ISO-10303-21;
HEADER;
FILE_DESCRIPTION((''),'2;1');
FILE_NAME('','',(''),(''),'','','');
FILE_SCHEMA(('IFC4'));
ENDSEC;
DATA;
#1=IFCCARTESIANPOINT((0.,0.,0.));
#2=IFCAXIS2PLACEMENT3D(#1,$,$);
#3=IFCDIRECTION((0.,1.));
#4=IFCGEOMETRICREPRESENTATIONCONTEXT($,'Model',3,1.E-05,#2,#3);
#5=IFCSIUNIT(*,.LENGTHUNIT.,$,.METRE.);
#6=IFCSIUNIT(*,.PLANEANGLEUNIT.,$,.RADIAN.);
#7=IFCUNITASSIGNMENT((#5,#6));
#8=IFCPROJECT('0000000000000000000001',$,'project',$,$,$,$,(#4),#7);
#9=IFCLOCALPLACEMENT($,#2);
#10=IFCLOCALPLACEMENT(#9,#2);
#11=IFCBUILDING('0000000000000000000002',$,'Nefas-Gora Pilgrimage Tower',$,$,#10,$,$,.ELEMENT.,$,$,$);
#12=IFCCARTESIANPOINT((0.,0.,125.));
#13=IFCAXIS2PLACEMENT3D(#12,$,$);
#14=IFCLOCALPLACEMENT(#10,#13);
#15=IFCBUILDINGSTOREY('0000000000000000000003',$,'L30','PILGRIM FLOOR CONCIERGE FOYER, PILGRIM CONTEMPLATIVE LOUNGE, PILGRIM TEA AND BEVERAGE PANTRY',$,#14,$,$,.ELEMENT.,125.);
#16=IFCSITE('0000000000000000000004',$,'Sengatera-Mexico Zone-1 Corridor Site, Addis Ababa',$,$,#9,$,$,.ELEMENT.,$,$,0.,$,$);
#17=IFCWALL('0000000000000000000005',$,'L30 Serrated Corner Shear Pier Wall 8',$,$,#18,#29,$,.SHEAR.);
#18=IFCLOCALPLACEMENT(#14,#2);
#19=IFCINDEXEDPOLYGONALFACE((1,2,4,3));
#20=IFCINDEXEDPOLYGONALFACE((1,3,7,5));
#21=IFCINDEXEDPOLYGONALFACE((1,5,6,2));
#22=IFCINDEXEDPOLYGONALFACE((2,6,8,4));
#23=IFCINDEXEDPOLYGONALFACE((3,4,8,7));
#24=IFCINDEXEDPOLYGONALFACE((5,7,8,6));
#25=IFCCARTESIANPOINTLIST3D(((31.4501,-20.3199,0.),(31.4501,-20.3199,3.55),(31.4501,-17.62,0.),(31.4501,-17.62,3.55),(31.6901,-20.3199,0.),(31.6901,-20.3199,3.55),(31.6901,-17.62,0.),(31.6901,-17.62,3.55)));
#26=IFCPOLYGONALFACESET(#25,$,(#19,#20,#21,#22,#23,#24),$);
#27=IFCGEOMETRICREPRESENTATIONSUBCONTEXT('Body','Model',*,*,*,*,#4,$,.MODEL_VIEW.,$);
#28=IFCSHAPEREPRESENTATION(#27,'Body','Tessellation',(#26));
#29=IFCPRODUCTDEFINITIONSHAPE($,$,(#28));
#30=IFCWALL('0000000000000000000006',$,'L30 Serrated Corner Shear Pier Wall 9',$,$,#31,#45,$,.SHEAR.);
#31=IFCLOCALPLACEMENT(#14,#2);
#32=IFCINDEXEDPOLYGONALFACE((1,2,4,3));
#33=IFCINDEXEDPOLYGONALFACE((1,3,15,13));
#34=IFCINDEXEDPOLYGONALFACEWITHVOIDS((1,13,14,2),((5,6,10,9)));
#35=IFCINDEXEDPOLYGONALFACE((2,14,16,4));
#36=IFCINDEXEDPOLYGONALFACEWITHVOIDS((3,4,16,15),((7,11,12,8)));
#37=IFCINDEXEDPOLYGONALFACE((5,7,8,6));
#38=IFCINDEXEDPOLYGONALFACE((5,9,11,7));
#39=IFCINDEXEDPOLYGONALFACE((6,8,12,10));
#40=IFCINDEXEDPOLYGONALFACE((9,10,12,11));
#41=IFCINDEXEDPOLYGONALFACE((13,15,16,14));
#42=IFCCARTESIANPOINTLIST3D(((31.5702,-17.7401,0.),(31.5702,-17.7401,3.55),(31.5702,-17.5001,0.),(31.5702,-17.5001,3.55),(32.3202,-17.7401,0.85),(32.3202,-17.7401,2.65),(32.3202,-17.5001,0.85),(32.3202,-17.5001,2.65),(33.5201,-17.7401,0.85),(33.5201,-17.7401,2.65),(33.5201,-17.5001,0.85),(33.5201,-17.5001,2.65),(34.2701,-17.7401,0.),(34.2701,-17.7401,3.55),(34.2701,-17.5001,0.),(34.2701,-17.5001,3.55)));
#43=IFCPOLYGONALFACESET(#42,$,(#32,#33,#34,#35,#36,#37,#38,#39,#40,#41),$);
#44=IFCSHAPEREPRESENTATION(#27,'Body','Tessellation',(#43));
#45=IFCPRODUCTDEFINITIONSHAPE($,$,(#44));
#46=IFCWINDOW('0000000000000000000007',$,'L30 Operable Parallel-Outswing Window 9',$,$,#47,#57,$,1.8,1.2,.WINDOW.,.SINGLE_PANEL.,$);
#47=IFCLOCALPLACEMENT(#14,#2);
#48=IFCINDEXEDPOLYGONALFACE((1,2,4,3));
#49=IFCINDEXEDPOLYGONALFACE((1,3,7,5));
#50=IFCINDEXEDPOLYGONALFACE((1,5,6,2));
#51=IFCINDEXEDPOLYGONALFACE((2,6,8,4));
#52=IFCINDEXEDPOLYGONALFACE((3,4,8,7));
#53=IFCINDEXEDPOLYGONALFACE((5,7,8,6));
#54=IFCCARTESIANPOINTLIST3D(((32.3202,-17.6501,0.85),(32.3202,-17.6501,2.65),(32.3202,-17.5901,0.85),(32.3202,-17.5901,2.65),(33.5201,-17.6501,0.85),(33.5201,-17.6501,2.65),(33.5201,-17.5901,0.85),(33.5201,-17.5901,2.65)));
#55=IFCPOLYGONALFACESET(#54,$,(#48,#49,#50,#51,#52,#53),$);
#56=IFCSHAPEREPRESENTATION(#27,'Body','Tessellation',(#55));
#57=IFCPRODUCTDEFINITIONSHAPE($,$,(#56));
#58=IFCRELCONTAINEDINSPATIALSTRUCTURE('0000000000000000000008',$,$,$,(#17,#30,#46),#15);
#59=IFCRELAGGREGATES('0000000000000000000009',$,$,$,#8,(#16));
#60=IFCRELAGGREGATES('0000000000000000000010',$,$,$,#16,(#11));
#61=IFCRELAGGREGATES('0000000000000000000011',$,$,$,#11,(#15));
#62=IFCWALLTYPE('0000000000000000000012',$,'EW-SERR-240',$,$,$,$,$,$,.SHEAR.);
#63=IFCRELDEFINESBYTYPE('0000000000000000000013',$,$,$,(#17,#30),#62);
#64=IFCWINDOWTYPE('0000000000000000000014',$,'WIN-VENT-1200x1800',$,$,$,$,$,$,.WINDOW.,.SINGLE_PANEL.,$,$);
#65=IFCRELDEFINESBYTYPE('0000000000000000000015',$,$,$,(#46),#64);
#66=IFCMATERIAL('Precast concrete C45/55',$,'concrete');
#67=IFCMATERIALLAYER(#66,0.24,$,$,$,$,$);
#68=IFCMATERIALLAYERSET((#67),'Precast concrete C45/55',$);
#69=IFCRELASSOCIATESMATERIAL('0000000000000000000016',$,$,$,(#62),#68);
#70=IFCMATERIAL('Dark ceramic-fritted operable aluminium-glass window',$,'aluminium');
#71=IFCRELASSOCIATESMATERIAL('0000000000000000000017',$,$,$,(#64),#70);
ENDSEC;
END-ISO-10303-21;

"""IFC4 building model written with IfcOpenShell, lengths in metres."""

from ifc_helpers import new_model, si_unit, direction, frame, frame_2d, origin, place, context, subcontext, project, spatial, rectangle, extrude, source, transform, mapped, material, layer, layer_set, type_object, element, fill, save


model = new_model("IFC4")

# Units and contexts
model_context = context("Model", 3, precision=1e-05, world=origin(), true_north=direction((0.0, 1.0)))
body_context = subcontext(model_context, "Body", "Model", "MODEL_VIEW")
ifc_project = project(units=[si_unit("LENGTHUNIT", "METRE"), si_unit("PLANEANGLEUNIT", "RADIAN")], contexts=[model_context])

# Site, building, storey
site_placement = place(None, origin())
site = spatial("IfcSite", under=ifc_project, at=site_placement, Name="Sengatera-Mexico Zone-1 Corridor Site, Addis Ababa", CompositionType="ELEMENT", RefElevation=0.0)
building_placement = place(site_placement, origin())
building = spatial("IfcBuilding", under=site, at=building_placement, Name="Nefas-Gora Pilgrimage Tower", CompositionType="ELEMENT")
storey_placement = place(building_placement, frame((0.0, 0.0, 125.0)))
storey = spatial("IfcBuildingStorey", under=building, at=storey_placement, Name="L30", Description="PILGRIM FLOOR CONCIERGE FOYER, PILGRIM CONTEMPLATIVE LOUNGE, PILGRIM TEA AND BEVERAGE PANTRY", CompositionType="ELEMENT", Elevation=125.0)

# Wall
ifc_material_1 = material(Name="Precast concrete C45/55", Category="concrete")
ifc_layer_1 = layer(ifc_material_1, 0.24)
ifc_layer_set_1 = layer_set([ifc_layer_1], Name="Precast concrete C45/55")
wall_type = type_object("IfcWallType", Name="EW-SERR-240", PredefinedType="SHEAR", material=ifc_layer_set_1)
shared_shape_1 = source(origin(), body_context, "Body", "SweptSolid", [
    extrude(rectangle(XDim=2.7, YDim=0.24, at=frame_2d((1.3501, 0.0))), origin(), (0.0, 0.0, 1.0), 3.55),
])
for number, where, z_axis, x_axis, name in (
    (1, (31.5701, -20.3201, 0.0), (0.0, 0.0, 1.0), (0.0, 1.0, 0.0), "L30 Serrated Corner Shear Pier Wall 8"),
):
    element("IfcWall", number, at=place(storey_placement, frame(where, z_axis=z_axis, x_axis=x_axis)), inside=storey, type_object=wall_type, Name=name, PredefinedType="SHEAR", context=body_context, shape_type="MappedRepresentation", body=[
        mapped(shared_shape_1, transform((0.0, 0.0, 0.0), x_axis=(1.0, 0.0, 0.0), y_axis=(0.0, 1.0, 0.0), z_axis=(0.0, 0.0, 1.0), scale=1.0)),
    ])

# Wall, opening, window
wall_placement = place(storey_placement, frame((31.5701, -17.6201, 0.0), z_axis=(0.0, 0.0, 1.0), x_axis=(1.0, 0.0, 0.0)))
wall = element("IfcWall", 2, at=wall_placement, inside=storey, type_object=wall_type, Name="L30 Serrated Corner Shear Pier Wall 9", PredefinedType="SHEAR", context=body_context, shape_type="MappedRepresentation", body=[
    mapped(shared_shape_1, transform((0.0, 0.0, 0.0), x_axis=(1.0, 0.0, 0.0), y_axis=(0.0, 1.0, 0.0), z_axis=(0.0, 0.0, 1.0), scale=1.0)),
])
opening_placement = place(wall_placement, frame((0.75, 0.0, 0.8501)))
opening = element("IfcOpeningElement", 3, at=opening_placement, cuts=wall, PredefinedType="OPENING", context=body_context, shape_type="SweptSolid", body=[
    extrude(rectangle(XDim=1.2, YDim=1.8, at=frame_2d((0.6001, 0.8999))), frame((0.0, 0.1299, 0.0), z_axis=(0.0, -1.0, 0.0), x_axis=(1.0, 0.0, 0.0)), (0.0, 0.0, 1.0), 0.26),
])
ifc_material_2 = material(Name="Dark ceramic-fritted operable aluminium-glass window", Category="aluminium")
window_type = type_object("IfcWindowType", Name="WIN-VENT-1200x1800", PartitioningType="SINGLE_PANEL", PredefinedType="WINDOW", material=ifc_material_2)
shared_shape_2 = source(origin(), body_context, "Body", "SweptSolid", [
    extrude(rectangle(XDim=1.2, YDim=1.8, at=frame_2d((0.6001, 0.8999))), frame((0.0, 0.03, 0.0), z_axis=(0.0, -1.0, 0.0), x_axis=(1.0, 0.0, 0.0)), (0.0, 0.0, 1.0), 0.0601),
])
window_placement = place(opening_placement, origin())
window = element("IfcWindow", 4, at=window_placement, inside=storey, type_object=window_type, Name="L30 Operable Parallel-Outswing Window 9", OverallHeight=1.8, OverallWidth=1.2, PartitioningType="SINGLE_PANEL", PredefinedType="WINDOW", context=body_context, shape_type="MappedRepresentation", body=[
    mapped(shared_shape_2, transform((0.0, 0.0, 0.0), x_axis=(1.0, 0.0, 0.0), y_axis=(0.0, 1.0, 0.0), z_axis=(0.0, 0.0, 1.0), scale=1.0)),
])
fill(opening, window)

save(model, "model.ifc")
